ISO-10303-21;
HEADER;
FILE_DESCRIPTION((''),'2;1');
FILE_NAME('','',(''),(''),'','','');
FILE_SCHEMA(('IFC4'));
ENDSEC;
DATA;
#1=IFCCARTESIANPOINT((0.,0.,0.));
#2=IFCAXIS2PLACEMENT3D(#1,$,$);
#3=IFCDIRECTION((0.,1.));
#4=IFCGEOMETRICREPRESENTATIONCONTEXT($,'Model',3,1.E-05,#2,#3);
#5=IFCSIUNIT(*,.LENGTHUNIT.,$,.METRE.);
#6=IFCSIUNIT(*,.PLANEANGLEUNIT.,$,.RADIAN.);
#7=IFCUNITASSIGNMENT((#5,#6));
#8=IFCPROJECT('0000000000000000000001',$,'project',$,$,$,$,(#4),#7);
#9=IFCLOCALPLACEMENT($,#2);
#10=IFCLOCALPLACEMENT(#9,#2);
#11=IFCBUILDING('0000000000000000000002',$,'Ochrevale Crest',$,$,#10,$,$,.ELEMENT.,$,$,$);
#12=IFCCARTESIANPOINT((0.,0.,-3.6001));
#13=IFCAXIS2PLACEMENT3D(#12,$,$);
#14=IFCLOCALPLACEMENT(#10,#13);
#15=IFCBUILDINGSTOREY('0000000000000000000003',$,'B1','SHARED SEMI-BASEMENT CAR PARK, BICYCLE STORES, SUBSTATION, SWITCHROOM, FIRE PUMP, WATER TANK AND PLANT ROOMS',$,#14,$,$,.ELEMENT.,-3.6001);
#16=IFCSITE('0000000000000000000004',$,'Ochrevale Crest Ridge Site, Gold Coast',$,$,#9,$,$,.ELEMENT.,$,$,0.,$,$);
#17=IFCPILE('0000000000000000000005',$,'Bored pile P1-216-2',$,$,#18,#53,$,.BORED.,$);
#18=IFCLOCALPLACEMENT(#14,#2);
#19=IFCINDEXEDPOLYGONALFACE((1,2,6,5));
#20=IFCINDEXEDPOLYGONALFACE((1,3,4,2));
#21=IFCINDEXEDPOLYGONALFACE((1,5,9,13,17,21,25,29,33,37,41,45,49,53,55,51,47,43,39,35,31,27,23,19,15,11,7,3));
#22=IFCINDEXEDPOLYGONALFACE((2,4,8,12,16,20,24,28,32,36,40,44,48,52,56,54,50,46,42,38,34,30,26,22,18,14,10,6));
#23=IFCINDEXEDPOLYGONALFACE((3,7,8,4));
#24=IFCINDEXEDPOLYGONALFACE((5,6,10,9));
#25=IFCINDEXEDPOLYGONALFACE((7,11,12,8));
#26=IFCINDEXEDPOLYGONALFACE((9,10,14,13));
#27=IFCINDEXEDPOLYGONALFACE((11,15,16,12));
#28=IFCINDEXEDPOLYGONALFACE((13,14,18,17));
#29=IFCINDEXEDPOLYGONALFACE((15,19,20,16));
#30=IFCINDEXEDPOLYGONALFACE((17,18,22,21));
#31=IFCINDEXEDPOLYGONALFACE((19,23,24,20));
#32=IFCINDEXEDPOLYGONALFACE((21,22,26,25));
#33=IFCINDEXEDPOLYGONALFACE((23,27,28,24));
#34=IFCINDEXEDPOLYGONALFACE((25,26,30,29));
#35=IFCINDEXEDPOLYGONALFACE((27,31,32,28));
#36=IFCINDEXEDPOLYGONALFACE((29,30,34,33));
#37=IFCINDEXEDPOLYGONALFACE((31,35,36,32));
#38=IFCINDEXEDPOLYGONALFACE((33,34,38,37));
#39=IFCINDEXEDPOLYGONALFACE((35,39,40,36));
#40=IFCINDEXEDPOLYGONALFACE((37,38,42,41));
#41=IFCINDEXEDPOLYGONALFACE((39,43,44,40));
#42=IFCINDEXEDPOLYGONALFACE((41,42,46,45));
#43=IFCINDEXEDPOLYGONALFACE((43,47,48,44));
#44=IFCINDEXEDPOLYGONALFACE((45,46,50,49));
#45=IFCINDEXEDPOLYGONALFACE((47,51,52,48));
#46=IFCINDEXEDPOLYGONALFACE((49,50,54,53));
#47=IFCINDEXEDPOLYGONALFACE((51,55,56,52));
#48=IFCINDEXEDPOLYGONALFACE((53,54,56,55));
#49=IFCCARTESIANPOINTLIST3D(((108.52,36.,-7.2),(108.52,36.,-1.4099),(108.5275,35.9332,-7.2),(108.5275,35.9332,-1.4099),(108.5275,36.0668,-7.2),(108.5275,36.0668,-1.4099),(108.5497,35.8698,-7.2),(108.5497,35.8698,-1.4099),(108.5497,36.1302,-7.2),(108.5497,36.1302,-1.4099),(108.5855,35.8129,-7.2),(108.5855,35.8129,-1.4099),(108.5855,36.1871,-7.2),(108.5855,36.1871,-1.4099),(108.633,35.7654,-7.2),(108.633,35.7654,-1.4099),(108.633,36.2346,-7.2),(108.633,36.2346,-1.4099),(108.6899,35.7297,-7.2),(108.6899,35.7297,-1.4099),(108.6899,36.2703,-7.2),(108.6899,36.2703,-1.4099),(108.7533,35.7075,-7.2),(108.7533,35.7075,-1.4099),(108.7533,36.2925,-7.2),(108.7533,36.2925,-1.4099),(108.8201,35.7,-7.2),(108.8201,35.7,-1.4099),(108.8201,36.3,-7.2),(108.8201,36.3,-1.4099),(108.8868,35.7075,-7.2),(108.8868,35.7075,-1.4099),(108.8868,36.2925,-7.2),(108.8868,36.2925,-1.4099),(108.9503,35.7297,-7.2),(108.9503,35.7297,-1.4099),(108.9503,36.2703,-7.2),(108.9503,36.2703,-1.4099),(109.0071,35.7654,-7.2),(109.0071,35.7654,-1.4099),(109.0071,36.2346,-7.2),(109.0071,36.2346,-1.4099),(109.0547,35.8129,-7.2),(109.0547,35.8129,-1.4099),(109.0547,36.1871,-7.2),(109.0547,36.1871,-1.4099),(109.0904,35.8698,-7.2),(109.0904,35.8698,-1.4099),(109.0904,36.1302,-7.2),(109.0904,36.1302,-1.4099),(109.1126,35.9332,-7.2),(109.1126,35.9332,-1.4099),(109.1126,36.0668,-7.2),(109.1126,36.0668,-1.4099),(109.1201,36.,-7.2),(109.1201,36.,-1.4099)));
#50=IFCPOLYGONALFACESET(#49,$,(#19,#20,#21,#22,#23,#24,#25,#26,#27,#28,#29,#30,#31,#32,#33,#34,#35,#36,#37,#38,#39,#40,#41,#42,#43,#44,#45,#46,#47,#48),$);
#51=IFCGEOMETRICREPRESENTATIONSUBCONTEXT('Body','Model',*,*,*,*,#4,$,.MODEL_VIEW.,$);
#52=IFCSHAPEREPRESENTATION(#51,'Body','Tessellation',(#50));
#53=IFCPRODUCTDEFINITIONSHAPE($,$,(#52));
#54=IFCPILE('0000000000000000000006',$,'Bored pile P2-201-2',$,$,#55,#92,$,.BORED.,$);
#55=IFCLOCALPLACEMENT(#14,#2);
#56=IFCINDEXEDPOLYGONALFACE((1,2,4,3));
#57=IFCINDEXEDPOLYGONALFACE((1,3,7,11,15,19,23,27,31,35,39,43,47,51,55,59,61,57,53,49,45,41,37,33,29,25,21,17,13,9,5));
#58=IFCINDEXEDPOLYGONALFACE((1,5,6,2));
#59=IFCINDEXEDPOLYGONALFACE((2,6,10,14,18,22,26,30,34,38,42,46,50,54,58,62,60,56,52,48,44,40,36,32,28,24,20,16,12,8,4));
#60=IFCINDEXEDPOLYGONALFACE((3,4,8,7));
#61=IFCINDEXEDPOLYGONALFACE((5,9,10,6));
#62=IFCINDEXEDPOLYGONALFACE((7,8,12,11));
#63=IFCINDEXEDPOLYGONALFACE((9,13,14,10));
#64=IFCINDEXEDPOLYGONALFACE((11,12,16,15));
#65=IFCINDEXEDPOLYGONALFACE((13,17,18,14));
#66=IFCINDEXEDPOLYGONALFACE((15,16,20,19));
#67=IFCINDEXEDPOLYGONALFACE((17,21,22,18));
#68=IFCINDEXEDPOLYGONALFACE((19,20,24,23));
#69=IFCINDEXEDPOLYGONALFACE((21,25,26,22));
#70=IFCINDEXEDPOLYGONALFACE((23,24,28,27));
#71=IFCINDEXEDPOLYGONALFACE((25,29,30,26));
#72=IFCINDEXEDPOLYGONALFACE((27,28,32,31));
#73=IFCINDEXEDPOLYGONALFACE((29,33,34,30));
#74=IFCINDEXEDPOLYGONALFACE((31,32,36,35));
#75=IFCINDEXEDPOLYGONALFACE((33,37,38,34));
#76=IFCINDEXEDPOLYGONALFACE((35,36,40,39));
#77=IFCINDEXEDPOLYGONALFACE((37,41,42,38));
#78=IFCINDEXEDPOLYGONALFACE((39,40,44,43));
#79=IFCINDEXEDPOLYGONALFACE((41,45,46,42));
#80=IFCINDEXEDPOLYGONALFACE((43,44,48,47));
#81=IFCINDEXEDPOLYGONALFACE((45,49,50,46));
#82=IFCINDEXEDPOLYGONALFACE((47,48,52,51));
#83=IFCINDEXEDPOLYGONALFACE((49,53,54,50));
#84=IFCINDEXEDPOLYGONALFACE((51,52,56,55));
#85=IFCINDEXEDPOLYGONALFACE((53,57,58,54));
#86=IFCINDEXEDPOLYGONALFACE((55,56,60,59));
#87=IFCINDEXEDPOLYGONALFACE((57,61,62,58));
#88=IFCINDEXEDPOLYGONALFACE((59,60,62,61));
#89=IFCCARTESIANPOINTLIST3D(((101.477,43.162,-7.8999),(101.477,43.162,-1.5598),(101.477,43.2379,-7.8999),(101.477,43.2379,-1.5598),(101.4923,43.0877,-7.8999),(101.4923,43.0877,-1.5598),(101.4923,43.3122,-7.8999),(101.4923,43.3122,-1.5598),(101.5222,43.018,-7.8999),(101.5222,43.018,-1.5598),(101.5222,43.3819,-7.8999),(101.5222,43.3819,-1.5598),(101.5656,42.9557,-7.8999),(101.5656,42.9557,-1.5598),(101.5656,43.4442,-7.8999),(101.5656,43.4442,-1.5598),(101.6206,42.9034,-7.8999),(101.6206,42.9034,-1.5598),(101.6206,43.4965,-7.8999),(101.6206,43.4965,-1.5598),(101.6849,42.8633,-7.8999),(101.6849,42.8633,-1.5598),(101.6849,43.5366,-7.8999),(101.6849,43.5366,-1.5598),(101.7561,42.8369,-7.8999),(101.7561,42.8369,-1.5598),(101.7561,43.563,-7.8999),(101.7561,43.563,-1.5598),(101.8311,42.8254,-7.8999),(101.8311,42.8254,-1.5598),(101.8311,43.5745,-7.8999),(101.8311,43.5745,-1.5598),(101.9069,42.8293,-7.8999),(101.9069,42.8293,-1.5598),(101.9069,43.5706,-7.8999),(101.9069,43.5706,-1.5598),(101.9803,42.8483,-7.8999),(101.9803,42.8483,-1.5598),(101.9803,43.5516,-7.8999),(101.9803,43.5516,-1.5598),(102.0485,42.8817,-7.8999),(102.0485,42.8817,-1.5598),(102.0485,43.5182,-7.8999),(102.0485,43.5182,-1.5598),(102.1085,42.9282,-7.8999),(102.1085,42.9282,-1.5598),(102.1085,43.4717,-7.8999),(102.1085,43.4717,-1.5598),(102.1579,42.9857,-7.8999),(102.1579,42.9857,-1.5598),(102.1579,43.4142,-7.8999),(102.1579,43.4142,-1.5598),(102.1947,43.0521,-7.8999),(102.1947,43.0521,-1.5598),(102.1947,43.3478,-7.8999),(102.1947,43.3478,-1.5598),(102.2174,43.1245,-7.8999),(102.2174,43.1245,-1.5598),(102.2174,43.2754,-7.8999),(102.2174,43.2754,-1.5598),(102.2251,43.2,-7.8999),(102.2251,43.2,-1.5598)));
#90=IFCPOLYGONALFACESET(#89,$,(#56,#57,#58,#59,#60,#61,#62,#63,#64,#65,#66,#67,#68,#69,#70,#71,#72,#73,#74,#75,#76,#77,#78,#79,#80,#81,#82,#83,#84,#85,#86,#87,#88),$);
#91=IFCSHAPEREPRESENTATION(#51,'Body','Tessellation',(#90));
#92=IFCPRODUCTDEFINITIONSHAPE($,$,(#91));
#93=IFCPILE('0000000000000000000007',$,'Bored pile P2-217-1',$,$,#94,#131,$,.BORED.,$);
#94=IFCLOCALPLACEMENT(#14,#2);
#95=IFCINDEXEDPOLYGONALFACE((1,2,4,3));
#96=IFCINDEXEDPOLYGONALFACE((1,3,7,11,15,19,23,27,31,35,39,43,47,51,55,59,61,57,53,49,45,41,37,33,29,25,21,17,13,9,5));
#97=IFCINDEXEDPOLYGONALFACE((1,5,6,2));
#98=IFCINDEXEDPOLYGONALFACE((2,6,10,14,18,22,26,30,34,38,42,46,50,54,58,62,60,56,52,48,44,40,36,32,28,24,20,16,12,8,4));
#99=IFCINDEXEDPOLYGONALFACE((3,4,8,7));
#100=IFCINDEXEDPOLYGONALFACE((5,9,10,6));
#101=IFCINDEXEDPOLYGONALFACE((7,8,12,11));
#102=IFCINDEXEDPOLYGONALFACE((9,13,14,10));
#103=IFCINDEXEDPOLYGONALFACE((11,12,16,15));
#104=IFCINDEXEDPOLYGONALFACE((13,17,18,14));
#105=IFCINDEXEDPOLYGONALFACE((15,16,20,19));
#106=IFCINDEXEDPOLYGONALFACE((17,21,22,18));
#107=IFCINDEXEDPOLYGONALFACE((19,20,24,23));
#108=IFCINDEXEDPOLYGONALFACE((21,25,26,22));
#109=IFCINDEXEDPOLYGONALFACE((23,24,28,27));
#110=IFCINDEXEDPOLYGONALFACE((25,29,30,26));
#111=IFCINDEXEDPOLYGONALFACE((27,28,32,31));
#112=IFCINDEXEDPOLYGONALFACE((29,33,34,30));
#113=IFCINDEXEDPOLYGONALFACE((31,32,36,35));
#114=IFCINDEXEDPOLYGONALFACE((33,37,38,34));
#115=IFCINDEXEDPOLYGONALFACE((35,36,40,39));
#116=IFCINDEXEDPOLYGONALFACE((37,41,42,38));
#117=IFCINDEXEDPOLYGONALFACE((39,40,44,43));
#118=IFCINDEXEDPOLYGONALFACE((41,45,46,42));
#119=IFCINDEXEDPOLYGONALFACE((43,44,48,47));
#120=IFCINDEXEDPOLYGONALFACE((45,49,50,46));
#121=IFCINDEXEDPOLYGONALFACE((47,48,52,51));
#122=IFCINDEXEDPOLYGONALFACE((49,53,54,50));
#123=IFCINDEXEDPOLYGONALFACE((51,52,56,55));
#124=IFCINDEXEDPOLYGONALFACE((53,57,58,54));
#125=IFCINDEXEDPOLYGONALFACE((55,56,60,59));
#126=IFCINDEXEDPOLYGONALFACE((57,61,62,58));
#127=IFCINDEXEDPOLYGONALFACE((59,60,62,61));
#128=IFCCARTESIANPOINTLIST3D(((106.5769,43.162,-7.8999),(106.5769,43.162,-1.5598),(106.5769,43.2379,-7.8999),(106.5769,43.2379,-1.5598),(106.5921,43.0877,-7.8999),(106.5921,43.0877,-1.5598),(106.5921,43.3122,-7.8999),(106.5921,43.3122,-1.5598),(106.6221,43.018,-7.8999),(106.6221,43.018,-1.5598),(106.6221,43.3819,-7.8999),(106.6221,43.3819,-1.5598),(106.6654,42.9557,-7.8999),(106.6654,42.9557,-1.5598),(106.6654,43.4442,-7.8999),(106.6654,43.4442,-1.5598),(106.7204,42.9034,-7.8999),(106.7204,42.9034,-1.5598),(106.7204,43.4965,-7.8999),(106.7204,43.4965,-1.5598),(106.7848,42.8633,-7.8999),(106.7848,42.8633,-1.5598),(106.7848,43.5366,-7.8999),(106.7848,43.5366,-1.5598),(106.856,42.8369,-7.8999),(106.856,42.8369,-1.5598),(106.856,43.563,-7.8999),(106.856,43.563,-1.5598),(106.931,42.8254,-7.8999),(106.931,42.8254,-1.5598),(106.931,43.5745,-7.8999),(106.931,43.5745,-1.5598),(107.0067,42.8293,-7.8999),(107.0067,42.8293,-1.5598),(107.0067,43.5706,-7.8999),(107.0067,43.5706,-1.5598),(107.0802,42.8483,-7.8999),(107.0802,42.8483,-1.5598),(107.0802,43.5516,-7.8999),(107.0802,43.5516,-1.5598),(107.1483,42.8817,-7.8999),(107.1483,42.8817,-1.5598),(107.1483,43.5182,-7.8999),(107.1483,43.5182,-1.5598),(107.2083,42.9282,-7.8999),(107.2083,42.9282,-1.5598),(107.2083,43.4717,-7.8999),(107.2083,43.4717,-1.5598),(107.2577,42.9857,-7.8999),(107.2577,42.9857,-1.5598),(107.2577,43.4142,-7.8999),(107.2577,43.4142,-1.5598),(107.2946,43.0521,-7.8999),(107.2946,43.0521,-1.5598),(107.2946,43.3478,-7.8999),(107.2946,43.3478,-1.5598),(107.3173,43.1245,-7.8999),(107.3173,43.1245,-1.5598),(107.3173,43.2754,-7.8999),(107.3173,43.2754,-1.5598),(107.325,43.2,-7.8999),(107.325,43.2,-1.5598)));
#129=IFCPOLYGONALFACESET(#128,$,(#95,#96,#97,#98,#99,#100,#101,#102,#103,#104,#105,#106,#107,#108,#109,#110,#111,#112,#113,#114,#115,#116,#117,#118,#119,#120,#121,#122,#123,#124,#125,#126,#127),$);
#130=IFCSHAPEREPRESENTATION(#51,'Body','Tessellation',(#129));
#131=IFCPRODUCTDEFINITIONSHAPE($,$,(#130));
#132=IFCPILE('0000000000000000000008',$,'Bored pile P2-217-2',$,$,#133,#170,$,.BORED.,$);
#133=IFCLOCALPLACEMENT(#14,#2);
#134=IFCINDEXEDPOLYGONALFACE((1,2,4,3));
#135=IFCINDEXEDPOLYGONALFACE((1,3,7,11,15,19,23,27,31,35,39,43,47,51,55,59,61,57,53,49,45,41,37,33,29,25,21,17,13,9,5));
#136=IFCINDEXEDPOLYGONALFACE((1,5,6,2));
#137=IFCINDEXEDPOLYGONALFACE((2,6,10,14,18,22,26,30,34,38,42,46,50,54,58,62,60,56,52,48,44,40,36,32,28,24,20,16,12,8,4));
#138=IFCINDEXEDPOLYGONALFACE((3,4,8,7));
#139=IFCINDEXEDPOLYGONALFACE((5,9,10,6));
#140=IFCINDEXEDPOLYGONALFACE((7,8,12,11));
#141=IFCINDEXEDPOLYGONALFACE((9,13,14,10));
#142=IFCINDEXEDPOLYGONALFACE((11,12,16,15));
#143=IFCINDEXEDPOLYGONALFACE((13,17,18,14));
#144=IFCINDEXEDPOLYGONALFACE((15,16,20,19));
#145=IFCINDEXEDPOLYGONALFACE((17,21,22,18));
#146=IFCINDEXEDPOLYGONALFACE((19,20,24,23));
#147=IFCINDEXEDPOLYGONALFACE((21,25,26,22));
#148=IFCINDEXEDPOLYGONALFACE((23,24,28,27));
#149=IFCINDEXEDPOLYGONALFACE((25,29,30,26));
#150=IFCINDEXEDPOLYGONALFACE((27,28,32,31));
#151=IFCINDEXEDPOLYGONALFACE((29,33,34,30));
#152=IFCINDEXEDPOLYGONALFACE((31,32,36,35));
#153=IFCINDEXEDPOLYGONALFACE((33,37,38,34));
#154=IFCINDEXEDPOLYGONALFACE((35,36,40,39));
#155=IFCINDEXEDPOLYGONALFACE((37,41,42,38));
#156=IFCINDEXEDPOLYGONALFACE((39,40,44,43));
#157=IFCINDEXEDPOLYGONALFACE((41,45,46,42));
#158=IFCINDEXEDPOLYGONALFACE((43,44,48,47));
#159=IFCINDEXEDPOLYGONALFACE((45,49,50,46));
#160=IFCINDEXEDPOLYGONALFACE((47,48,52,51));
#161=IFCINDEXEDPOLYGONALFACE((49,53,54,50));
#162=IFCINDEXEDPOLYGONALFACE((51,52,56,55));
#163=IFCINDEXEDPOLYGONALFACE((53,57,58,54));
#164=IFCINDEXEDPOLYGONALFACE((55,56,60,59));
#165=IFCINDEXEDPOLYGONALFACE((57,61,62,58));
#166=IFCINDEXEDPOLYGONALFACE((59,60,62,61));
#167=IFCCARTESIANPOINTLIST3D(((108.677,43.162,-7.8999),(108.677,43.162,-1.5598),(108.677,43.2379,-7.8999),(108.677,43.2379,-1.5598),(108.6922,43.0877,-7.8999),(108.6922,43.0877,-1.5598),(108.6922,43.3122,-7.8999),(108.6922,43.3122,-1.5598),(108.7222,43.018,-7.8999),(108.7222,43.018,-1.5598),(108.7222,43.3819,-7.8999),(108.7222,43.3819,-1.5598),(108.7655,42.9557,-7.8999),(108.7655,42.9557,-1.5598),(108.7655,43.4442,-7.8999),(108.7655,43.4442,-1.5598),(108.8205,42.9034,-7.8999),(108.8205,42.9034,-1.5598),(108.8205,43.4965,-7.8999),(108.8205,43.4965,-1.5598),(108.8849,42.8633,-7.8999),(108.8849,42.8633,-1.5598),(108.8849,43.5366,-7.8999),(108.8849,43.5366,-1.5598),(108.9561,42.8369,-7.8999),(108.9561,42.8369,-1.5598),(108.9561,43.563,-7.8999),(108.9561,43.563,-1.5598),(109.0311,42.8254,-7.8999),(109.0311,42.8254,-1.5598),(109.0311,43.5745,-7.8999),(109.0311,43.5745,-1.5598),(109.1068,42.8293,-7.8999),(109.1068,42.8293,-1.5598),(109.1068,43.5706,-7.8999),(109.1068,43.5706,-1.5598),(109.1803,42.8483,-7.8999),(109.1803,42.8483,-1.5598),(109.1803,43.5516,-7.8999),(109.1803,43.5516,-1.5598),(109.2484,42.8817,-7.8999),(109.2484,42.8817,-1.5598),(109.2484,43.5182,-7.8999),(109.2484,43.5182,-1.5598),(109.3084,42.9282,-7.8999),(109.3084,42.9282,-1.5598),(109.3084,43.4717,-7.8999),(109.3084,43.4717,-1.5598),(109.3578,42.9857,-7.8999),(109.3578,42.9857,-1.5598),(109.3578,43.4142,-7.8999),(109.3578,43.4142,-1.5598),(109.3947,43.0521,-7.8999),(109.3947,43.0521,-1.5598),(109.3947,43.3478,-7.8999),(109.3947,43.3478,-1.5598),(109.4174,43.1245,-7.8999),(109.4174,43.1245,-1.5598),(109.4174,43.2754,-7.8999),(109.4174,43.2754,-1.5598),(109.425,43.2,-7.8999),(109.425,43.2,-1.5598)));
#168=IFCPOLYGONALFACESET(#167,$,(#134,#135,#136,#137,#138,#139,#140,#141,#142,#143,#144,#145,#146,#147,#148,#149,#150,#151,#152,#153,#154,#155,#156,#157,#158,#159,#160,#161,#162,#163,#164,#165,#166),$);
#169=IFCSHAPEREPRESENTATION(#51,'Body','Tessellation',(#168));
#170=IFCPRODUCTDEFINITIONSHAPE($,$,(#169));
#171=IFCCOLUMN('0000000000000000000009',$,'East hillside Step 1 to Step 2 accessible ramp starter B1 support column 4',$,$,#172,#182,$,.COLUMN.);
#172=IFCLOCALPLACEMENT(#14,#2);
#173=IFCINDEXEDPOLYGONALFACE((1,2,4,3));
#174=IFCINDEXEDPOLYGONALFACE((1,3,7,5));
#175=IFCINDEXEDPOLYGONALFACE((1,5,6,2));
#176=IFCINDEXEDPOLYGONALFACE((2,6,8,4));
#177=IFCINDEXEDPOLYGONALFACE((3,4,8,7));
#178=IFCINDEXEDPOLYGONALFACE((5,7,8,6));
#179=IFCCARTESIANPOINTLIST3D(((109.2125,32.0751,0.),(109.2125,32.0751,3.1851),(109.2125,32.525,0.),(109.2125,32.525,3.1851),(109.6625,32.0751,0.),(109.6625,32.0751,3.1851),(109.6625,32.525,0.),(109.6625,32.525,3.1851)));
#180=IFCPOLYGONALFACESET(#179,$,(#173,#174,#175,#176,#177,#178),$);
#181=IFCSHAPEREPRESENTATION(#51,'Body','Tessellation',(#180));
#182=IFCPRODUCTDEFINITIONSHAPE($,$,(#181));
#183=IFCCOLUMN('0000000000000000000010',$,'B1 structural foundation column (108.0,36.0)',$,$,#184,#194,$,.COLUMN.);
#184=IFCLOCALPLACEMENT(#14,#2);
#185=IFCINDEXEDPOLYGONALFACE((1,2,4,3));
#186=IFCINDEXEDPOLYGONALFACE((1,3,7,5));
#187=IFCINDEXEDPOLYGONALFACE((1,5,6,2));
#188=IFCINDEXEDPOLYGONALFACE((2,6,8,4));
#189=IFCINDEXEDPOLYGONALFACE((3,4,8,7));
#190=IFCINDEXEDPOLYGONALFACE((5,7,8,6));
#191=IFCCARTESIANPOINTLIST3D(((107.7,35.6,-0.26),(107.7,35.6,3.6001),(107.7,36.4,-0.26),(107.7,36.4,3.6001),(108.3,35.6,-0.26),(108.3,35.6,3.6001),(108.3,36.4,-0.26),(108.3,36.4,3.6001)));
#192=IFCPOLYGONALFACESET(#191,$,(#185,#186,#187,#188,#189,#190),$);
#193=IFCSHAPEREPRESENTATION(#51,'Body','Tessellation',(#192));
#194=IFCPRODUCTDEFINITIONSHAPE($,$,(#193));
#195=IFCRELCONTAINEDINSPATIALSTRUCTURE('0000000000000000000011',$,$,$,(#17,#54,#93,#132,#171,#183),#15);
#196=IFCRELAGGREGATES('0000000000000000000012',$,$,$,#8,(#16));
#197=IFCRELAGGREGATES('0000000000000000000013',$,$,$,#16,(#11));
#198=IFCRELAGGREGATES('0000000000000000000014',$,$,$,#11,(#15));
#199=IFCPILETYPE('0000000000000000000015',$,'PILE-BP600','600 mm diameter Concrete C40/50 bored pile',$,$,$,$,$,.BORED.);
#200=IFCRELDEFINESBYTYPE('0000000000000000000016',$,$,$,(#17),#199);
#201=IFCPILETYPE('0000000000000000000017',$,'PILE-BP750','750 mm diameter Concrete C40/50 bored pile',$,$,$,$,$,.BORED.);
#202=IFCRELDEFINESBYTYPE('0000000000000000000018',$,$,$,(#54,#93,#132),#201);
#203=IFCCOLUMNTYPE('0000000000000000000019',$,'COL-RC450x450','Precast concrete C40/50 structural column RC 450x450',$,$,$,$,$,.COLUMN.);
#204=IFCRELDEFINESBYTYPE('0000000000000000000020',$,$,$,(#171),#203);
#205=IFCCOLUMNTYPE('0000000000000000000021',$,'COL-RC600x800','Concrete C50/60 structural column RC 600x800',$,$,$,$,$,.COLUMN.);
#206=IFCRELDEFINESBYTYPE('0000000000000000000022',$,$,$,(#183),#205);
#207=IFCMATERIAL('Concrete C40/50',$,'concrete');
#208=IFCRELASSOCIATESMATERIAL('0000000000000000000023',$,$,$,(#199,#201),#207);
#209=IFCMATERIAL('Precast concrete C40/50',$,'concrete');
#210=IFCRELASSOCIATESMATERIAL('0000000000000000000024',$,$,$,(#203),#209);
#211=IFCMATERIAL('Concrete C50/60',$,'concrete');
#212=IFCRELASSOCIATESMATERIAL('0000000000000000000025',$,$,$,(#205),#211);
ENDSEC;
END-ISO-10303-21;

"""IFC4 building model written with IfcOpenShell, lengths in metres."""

from ifc_helpers import new_model, si_unit, direction, frame, origin, origin_2d, place, context, subcontext, project, spatial, rectangle, circle, extrude, material, material_profile, profile_set, type_object, element, save


model = new_model("IFC4")

# Units and contexts
model_context = context("Model", 3, precision=1e-05, world=origin(), true_north=direction((0.0, 1.0)))
body_context = subcontext(model_context, "Body", "Model", "MODEL_VIEW")
ifc_project = project(units=[si_unit("LENGTHUNIT", "METRE"), si_unit("PLANEANGLEUNIT", "RADIAN")], contexts=[model_context])

# Site, building, storey
site_placement = place(None, origin())
site = spatial("IfcSite", under=ifc_project, at=site_placement, Name="Ochrevale Crest Ridge Site, Gold Coast", CompositionType="ELEMENT", RefElevation=0.0)
building_placement = place(site_placement, origin())
building = spatial("IfcBuilding", under=site, at=building_placement, Name="Ochrevale Crest", CompositionType="ELEMENT")
storey_placement = place(building_placement, frame((0.0, 0.0, -3.6001)))
storey = spatial("IfcBuildingStorey", under=building, at=storey_placement, Name="B1", Description="SHARED SEMI-BASEMENT CAR PARK, BICYCLE STORES, SUBSTATION, SWITCHROOM, FIRE PUMP, WATER TANK AND PLANT ROOMS", CompositionType="ELEMENT", Elevation=-3.6001)

# Shared definitions
ifc_material_1 = material(Name="Concrete C40/50", Category="concrete")

# Piles
ifc_material_profile_1 = material_profile(ifc_material_1, circle(Radius=0.3, at=origin_2d()), Name="BORED PILE 600")
ifc_profile_set_1 = profile_set([ifc_material_profile_1], Name="Concrete C40/50")
pile_type_1 = type_object("IfcPileType", Name="PILE-BP600", Description="600 mm diameter Concrete C40/50 bored pile", PredefinedType="BORED", material=ifc_profile_set_1)
for number, where, z_axis, x_axis, name in (
    (1, (108.8201, 36.0, -1.4099), (0.0, 0.0, -1.0), (1.0, 0.0, 0.0), "Bored pile P1-216-2"),
):
    element("IfcPile", number, at=place(storey_placement, frame(where, z_axis=z_axis, x_axis=x_axis)), inside=storey, type_object=pile_type_1, Name=name, PredefinedType="BORED", context=body_context, shape_type="SweptSolid", body=[
        extrude(circle(Radius=0.3, at=origin_2d()), origin(), (0.0, 0.0, 1.0), 5.79),
    ])
ifc_material_profile_2 = material_profile(ifc_material_1, circle(Radius=0.375, at=origin_2d()), Name="BORED PILE 750")
ifc_profile_set_2 = profile_set([ifc_material_profile_2], Name="Concrete C40/50")
pile_type_2 = type_object("IfcPileType", Name="PILE-BP750", Description="750 mm diameter Concrete C40/50 bored pile", PredefinedType="BORED", material=ifc_profile_set_2)
for number, where, z_axis, x_axis, name in (
    (2, (101.8501, 43.2, -1.5598), (0.0, 0.0, -1.0), (1.0, 0.0, 0.0), "Bored pile P2-201-2"),
    (3, (106.95, 43.2, -1.5598), (0.0, 0.0, -1.0), (1.0, 0.0, 0.0), "Bored pile P2-217-1"),
    (4, (109.05, 43.2, -1.5598), (0.0, 0.0, -1.0), (1.0, 0.0, 0.0), "Bored pile P2-217-2"),
):
    element("IfcPile", number, at=place(storey_placement, frame(where, z_axis=z_axis, x_axis=x_axis)), inside=storey, type_object=pile_type_2, Name=name, PredefinedType="BORED", context=body_context, shape_type="SweptSolid", body=[
        extrude(circle(Radius=0.375, at=origin_2d()), origin(), (0.0, 0.0, 1.0), 6.3401),
    ])

# Columns
ifc_material_2 = material(Name="Precast concrete C40/50", Category="concrete")
ifc_material_profile_3 = material_profile(ifc_material_2, rectangle(XDim=0.45, YDim=0.45, at=origin_2d()), Name="RC 450x450")
ifc_profile_set_3 = profile_set([ifc_material_profile_3], Name="Precast concrete C40/50")
column_type_1 = type_object("IfcColumnType", Name="COL-RC450x450", Description="Precast concrete C40/50 structural column RC 450x450", PredefinedType="COLUMN", material=ifc_profile_set_3)
column_placement = place(storey_placement, frame((109.4375, 32.3, 0.0), z_axis=(0.0, 0.0, 1.0), x_axis=(1.0, 0.0, 0.0)))
element("IfcColumn", 5, at=column_placement, inside=storey, type_object=column_type_1, Name="East hillside Step 1 to Step 2 accessible ramp starter B1 support column 4", PredefinedType="COLUMN", context=body_context, shape_type="SweptSolid", body=[
    extrude(rectangle(XDim=0.45, YDim=0.45, at=origin_2d()), origin(), (0.0, 0.0, 1.0), 3.1851),
])
ifc_material_3 = material(Name="Concrete C50/60", Category="concrete")
ifc_material_profile_4 = material_profile(ifc_material_3, rectangle(XDim=0.6001, YDim=0.8, at=origin_2d()), Name="RC 600x800")
ifc_profile_set_4 = profile_set([ifc_material_profile_4], Name="Concrete C50/60")
column_type_2 = type_object("IfcColumnType", Name="COL-RC600x800", Description="Concrete C50/60 structural column RC 600x800", PredefinedType="COLUMN", material=ifc_profile_set_4)
for number, where, z_axis, x_axis, name in (
    (6, (108.0, 36.0, -0.26), (0.0, 0.0, 1.0), (1.0, 0.0, 0.0), "B1 structural foundation column (108.0,36.0)"),
):
    element("IfcColumn", number, at=place(storey_placement, frame(where, z_axis=z_axis, x_axis=x_axis)), inside=storey, type_object=column_type_2, Name=name, PredefinedType="COLUMN", context=body_context, shape_type="SweptSolid", body=[
        extrude(rectangle(XDim=0.6001, YDim=0.8, at=origin_2d()), origin(), (0.0, 0.0, 1.0), 3.8601),
    ])

save(model, "model.ifc")
